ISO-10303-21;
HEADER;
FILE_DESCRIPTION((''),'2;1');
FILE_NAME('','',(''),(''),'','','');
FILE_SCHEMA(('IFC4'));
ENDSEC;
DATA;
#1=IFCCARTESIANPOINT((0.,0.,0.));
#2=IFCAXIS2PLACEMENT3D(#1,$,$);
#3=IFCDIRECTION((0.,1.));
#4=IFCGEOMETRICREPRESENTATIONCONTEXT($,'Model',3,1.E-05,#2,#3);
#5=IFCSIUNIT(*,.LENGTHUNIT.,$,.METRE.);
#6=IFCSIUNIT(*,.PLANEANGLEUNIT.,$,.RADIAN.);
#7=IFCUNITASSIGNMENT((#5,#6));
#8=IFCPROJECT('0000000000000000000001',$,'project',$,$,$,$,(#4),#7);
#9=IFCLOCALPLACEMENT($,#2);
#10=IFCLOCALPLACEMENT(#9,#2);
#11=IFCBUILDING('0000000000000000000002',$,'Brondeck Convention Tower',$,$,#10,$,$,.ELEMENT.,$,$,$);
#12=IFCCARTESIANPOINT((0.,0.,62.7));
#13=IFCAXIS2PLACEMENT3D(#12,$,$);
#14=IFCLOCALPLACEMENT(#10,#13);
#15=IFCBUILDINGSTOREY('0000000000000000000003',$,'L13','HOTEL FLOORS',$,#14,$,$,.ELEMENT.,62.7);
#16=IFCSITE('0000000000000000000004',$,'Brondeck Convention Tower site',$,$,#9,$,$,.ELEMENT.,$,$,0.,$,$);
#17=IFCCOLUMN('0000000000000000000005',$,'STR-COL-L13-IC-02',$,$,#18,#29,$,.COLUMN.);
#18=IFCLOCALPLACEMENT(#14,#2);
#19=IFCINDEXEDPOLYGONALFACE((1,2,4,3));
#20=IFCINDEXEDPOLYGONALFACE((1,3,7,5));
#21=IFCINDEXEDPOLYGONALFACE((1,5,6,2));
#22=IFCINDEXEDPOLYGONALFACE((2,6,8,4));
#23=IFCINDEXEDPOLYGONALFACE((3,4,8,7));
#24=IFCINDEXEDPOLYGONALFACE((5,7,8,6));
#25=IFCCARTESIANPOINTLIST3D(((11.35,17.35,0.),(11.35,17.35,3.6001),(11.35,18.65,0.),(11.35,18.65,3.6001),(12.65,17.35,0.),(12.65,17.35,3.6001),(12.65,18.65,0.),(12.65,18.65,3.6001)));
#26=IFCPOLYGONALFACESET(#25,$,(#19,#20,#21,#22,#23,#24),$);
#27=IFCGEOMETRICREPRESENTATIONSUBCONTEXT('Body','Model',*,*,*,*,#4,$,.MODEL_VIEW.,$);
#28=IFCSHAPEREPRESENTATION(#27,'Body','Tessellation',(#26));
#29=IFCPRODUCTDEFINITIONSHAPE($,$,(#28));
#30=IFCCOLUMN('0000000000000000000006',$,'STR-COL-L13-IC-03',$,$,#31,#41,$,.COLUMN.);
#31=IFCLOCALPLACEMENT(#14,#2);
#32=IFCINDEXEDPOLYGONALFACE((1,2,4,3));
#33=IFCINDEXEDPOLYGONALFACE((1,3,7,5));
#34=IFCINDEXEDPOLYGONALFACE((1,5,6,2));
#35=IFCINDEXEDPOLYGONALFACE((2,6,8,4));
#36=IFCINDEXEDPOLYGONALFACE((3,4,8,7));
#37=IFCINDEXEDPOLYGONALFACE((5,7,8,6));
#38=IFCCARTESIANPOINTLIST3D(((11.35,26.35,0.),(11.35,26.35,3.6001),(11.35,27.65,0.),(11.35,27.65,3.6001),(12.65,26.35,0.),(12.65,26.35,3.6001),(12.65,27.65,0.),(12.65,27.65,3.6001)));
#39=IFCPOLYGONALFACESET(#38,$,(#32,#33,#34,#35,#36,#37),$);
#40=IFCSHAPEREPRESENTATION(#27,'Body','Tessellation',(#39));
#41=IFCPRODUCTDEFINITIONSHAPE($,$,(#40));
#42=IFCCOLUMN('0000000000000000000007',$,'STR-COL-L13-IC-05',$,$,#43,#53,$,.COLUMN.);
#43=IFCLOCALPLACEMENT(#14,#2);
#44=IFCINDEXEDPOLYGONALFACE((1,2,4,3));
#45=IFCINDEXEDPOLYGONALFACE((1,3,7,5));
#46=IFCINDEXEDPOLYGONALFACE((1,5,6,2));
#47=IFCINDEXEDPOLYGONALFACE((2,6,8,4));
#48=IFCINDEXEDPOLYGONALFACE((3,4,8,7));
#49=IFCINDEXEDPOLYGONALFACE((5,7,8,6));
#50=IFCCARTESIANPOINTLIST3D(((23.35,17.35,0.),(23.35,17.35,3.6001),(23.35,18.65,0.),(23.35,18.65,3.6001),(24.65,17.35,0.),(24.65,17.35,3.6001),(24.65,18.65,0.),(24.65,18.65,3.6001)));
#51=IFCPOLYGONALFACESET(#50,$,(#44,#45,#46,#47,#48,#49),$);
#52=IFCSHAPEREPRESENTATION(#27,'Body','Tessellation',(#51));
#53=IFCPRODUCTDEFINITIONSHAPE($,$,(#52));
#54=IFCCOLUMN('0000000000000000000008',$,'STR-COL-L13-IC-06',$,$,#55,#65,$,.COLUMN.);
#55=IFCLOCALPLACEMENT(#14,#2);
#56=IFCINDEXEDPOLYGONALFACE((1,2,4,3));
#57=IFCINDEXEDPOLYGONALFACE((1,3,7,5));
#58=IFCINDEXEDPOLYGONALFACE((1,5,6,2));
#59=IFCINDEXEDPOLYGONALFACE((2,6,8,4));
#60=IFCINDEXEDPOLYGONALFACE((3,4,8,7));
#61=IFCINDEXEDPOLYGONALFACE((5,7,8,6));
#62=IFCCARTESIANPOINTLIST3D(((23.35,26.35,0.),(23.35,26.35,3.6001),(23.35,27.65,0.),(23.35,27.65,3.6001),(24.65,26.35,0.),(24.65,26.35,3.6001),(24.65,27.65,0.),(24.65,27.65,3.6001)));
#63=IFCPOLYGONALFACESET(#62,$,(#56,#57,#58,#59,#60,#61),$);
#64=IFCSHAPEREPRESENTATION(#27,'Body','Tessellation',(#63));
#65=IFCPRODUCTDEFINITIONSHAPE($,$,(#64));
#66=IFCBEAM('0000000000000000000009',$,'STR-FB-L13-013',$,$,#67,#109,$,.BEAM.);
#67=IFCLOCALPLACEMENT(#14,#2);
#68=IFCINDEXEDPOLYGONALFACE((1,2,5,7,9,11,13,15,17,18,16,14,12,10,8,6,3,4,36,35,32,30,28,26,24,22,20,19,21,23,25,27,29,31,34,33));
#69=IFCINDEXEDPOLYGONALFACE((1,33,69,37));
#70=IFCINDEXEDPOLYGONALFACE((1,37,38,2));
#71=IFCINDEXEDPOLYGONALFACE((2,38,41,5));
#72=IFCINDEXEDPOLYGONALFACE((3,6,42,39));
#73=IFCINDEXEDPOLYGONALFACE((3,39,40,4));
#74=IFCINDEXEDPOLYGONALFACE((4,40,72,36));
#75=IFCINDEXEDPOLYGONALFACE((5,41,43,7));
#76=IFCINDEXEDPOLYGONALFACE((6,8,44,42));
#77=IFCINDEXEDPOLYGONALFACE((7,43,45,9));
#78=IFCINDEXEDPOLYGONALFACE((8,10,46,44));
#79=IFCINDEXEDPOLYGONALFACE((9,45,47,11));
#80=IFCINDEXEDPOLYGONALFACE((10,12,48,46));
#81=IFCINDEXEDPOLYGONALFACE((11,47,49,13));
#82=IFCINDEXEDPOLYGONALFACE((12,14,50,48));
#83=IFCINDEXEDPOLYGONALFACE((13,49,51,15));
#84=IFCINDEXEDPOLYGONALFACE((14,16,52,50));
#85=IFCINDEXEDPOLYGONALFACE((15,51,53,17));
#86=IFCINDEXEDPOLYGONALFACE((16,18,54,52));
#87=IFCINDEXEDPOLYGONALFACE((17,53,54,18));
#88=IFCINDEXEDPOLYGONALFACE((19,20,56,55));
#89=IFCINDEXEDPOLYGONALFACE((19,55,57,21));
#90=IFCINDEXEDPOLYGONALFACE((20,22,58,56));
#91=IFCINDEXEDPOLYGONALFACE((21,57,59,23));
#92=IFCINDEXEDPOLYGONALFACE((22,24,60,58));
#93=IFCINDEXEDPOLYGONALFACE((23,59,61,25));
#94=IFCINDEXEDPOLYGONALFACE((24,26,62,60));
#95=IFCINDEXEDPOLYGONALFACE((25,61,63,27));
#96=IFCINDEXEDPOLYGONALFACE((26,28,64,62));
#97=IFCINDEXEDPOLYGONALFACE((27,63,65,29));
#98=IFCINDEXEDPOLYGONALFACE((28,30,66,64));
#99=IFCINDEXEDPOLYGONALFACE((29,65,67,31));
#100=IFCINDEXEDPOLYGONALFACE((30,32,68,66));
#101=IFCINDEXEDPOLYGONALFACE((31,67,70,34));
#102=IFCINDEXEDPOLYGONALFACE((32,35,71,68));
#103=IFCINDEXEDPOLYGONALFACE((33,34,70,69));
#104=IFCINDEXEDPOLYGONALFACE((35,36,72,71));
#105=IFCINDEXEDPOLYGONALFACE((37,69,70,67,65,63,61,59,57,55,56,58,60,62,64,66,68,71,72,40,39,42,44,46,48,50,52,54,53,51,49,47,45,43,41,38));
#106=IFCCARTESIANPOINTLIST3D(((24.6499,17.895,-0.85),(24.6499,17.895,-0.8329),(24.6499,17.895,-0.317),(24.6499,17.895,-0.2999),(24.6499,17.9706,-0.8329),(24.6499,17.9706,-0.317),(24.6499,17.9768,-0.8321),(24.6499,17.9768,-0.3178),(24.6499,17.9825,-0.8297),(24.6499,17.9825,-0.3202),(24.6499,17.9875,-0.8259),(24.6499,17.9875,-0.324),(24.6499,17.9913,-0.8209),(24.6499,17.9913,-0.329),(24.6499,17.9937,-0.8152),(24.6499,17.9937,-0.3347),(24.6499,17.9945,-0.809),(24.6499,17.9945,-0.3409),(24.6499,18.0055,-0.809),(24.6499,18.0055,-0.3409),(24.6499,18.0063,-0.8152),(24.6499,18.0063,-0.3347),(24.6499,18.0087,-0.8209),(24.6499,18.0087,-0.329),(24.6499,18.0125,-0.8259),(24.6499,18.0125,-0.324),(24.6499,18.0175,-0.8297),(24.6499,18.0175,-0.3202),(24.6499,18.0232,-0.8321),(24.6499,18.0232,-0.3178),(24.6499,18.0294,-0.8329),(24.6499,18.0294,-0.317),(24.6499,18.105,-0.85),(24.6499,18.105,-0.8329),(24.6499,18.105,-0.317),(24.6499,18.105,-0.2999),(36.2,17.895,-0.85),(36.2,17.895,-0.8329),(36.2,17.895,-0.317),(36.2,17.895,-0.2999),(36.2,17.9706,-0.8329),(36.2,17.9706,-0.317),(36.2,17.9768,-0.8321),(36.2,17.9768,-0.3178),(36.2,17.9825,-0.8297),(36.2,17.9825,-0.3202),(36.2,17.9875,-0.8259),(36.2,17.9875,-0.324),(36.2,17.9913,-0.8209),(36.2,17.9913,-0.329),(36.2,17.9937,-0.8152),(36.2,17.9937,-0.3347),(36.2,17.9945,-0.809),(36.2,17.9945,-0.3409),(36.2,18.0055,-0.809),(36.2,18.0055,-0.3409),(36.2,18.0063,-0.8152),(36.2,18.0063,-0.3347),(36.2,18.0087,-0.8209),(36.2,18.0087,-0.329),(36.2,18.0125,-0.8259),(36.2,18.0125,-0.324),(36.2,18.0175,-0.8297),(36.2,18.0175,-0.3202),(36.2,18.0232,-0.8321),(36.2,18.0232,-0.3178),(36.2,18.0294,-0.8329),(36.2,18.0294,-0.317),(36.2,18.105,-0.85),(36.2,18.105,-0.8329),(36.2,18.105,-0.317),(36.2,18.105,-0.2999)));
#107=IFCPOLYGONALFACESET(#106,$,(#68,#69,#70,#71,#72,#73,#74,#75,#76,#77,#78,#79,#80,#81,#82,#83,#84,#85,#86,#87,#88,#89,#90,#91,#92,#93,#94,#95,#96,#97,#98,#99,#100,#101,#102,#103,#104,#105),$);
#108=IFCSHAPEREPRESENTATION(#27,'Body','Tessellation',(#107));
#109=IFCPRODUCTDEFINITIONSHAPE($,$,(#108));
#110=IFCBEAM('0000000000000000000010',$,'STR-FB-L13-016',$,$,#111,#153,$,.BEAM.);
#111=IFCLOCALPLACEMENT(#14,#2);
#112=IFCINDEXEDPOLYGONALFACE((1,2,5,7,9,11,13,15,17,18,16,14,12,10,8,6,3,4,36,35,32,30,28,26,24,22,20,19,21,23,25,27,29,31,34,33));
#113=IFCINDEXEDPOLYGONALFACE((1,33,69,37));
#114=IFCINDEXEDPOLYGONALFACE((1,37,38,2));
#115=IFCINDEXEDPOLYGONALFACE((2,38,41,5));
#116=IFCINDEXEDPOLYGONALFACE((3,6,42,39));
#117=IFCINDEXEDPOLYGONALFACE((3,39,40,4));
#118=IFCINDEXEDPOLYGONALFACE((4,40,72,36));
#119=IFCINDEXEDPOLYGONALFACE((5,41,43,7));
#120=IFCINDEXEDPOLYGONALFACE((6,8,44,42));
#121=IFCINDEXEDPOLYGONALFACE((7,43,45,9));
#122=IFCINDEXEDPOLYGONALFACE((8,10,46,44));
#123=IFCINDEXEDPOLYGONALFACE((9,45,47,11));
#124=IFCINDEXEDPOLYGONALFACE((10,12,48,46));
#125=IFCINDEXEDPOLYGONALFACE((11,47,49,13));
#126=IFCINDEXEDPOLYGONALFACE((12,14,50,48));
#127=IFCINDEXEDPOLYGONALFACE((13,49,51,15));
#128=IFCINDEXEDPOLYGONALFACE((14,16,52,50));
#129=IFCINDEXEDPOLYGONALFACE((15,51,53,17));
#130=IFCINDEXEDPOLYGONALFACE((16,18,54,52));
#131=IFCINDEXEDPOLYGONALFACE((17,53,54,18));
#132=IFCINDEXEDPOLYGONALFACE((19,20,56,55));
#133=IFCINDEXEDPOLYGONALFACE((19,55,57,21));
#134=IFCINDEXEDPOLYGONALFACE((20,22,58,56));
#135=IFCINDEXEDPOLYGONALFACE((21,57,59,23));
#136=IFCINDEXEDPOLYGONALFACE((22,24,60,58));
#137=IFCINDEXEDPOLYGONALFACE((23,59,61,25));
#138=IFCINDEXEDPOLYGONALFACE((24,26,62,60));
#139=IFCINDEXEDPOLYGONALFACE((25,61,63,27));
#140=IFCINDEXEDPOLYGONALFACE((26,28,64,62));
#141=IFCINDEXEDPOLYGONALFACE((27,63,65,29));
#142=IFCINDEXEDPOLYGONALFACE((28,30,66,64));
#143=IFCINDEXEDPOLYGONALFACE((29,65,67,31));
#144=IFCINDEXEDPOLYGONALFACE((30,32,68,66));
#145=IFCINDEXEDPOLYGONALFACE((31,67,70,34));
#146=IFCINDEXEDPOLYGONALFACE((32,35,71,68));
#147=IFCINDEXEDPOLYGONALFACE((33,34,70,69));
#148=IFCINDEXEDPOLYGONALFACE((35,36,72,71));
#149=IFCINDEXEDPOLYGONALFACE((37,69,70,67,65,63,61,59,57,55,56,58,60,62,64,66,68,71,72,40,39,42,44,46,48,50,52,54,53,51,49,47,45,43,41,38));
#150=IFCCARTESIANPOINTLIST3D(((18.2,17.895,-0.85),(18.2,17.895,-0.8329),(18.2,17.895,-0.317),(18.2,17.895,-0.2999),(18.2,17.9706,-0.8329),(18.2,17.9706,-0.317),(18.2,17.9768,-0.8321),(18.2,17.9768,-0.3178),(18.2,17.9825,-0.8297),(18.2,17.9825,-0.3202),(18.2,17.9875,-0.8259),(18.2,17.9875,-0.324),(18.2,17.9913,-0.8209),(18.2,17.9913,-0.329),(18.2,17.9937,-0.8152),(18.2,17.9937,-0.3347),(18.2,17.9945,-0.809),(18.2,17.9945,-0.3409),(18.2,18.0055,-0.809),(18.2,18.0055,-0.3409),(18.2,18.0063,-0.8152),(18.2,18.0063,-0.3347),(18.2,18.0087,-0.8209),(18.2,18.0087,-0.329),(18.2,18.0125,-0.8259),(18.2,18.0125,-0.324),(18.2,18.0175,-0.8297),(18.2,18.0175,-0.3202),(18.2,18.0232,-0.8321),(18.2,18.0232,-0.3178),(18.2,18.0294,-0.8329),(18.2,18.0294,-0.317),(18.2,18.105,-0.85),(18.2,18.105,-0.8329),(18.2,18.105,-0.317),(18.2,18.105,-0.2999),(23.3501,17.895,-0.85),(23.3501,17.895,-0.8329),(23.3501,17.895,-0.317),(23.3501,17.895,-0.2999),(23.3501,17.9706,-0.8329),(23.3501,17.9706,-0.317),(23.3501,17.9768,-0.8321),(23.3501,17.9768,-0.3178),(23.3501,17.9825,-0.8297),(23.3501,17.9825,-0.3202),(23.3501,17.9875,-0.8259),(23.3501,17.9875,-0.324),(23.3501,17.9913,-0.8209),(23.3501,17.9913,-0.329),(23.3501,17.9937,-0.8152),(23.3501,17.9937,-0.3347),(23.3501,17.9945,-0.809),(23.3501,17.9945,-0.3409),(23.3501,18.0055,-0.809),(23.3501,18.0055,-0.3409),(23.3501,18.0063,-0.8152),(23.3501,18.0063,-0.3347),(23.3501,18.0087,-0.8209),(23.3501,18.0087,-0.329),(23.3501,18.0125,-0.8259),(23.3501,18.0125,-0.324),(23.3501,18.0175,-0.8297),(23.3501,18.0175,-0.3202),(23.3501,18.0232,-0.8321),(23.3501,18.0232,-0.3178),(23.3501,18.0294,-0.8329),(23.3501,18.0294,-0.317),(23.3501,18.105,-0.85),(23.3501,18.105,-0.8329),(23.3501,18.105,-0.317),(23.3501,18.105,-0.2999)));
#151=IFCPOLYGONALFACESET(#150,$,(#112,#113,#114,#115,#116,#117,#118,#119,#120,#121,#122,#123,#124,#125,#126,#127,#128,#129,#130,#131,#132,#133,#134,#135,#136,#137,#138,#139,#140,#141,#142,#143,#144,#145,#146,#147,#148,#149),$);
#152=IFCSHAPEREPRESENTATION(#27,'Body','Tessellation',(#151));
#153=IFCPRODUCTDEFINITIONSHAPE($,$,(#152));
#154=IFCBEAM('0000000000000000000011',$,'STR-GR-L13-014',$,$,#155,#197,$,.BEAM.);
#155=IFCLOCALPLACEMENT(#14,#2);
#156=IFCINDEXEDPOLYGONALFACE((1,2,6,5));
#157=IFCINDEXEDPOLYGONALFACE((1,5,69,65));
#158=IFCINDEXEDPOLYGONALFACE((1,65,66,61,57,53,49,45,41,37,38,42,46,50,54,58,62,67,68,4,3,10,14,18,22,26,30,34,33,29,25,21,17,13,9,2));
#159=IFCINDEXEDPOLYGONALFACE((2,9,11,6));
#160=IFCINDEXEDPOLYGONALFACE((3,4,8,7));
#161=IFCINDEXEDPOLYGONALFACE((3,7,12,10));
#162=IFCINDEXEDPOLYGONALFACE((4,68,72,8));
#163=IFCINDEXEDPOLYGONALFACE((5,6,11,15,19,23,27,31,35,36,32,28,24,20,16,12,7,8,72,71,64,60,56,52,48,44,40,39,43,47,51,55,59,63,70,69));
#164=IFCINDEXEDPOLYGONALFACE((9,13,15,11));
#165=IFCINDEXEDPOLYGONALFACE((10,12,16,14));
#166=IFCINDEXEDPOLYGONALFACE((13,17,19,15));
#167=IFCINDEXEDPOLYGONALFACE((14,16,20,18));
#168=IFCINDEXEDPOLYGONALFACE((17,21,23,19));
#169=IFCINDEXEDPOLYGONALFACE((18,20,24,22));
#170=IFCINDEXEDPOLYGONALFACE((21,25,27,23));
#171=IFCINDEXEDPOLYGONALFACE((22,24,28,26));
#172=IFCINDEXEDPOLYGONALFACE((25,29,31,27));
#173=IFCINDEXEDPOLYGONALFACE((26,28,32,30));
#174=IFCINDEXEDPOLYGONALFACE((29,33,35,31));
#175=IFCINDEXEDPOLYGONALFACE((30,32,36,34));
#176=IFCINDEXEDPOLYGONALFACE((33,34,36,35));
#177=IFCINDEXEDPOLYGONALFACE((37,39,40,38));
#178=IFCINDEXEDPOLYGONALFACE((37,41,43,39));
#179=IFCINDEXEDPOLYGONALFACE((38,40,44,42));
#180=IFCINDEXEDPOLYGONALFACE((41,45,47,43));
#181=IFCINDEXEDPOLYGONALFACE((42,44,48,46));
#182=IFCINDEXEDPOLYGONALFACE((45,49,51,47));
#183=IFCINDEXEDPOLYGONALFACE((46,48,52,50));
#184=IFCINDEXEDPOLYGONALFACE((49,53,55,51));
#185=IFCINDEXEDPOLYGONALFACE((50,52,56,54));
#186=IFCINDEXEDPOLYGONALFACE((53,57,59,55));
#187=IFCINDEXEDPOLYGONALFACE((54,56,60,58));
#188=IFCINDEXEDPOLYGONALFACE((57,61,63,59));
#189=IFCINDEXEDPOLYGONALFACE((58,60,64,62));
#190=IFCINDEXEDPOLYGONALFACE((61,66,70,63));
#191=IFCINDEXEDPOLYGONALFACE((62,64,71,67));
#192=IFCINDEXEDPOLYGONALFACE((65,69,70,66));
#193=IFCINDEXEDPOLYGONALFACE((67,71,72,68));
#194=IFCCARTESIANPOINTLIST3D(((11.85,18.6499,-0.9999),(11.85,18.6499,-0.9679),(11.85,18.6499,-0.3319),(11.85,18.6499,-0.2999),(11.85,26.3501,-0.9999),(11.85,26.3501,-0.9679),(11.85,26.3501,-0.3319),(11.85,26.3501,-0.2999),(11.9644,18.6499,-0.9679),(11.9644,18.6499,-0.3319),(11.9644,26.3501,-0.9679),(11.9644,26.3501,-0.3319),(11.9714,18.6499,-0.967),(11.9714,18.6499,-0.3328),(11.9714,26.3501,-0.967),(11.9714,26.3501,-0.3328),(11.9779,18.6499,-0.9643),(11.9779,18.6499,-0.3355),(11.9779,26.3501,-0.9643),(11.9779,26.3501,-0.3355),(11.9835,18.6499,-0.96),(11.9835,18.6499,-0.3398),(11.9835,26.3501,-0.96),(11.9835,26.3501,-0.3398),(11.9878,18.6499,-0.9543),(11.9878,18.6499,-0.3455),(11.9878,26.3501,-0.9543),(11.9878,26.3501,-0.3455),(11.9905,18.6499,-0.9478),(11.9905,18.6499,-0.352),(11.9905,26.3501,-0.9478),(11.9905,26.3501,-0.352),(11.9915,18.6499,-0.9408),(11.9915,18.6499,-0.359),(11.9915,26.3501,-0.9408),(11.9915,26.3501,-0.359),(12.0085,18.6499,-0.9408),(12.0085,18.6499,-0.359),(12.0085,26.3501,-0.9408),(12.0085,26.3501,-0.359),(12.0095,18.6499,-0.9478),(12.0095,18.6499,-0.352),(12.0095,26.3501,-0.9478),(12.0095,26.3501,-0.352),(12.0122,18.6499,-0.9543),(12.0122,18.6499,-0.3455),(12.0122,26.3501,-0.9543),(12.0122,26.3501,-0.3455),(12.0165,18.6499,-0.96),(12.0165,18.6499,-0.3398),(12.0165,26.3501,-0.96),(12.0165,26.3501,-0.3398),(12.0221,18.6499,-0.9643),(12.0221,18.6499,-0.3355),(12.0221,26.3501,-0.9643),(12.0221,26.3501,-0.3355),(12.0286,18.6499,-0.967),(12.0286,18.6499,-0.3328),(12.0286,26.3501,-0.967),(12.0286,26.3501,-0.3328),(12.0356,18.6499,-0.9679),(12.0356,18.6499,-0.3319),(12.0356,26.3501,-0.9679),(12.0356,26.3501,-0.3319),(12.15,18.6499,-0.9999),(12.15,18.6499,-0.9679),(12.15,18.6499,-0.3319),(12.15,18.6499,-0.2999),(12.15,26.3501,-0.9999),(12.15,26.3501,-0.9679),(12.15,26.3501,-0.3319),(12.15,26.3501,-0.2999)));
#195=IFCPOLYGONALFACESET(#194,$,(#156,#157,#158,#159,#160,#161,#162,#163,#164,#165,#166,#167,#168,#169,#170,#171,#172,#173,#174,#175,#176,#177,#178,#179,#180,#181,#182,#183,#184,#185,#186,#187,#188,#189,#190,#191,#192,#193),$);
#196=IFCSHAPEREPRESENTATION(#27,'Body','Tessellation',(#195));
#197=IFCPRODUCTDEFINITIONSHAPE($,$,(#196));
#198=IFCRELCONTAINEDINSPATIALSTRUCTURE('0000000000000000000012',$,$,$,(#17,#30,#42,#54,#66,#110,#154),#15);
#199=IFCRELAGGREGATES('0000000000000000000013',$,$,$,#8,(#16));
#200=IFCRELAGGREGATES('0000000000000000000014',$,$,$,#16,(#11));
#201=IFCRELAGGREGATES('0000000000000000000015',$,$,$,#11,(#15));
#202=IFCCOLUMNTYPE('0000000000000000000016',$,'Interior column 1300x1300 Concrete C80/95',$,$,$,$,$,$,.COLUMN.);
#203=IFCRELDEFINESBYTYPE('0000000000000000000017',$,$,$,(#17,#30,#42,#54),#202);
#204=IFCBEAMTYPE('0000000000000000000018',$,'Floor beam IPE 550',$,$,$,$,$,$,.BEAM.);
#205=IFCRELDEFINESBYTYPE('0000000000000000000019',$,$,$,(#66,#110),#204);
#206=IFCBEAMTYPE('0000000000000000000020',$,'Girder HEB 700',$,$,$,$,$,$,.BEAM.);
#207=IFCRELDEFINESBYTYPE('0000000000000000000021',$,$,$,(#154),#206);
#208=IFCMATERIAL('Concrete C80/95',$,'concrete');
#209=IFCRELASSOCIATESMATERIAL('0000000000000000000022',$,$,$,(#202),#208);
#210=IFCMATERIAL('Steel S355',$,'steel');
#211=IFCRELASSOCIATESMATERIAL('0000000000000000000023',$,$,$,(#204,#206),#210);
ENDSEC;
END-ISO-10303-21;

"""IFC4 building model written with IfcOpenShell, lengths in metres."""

from ifc_helpers import new_model, si_unit, direction, frame, origin, origin_2d, place, context, subcontext, project, spatial, rectangle, i_section, extrude, material, material_profile, profile_set, type_object, element, save


model = new_model("IFC4")

# Units and contexts
model_context = context("Model", 3, precision=1e-05, world=origin(), true_north=direction((0.0, 1.0)))
body_context = subcontext(model_context, "Body", "Model", "MODEL_VIEW")
ifc_project = project(units=[si_unit("LENGTHUNIT", "METRE"), si_unit("PLANEANGLEUNIT", "RADIAN")], contexts=[model_context])

# Site, building, storey
site_placement = place(None, origin())
site = spatial("IfcSite", under=ifc_project, at=site_placement, Name="Brondeck Convention Tower site", CompositionType="ELEMENT", RefElevation=0.0)
building_placement = place(site_placement, origin())
building = spatial("IfcBuilding", under=site, at=building_placement, Name="Brondeck Convention Tower", CompositionType="ELEMENT")
storey_placement = place(building_placement, frame((0.0, 0.0, 62.7)))
storey = spatial("IfcBuildingStorey", under=building, at=storey_placement, Name="L13", Description="HOTEL FLOORS", CompositionType="ELEMENT", Elevation=62.7)

# Columns
ifc_material_1 = material(Name="Concrete C80/95", Category="concrete")
ifc_material_profile_1 = material_profile(ifc_material_1, rectangle(XDim=1.3, YDim=1.3, at=origin_2d()), Name="Interior column 1300x1300 Concrete C80/95")
ifc_profile_set_1 = profile_set([ifc_material_profile_1], Name="Concrete C80/95")
column_type = type_object("IfcColumnType", Name="Interior column 1300x1300 Concrete C80/95", PredefinedType="COLUMN", material=ifc_profile_set_1)
for number, where, z_axis, x_axis, name in (
    (1, (12.0, 18.0, 0.0), (0.0, 0.0, 1.0), (1.0, 0.0, 0.0), "STR-COL-L13-IC-02"),
    (2, (12.0, 27.0, 0.0), (0.0, 0.0, 1.0), (1.0, 0.0, 0.0), "STR-COL-L13-IC-03"),
    (3, (24.0, 18.0, 0.0), (0.0, 0.0, 1.0), (1.0, 0.0, 0.0), "STR-COL-L13-IC-05"),
    (4, (24.0, 27.0, 0.0), (0.0, 0.0, 1.0), (1.0, 0.0, 0.0), "STR-COL-L13-IC-06"),
):
    element("IfcColumn", number, at=place(storey_placement, frame(where, z_axis=z_axis, x_axis=x_axis)), inside=storey, type_object=column_type, Name=name, PredefinedType="COLUMN", context=body_context, shape_type="SweptSolid", body=[
        extrude(rectangle(XDim=1.3, YDim=1.3, at=origin_2d()), origin(), (0.0, 0.0, 1.0), 3.6001),
    ])

# Beams
ifc_material_2 = material(Name="Steel S355", Category="steel")
ifc_material_profile_2 = material_profile(ifc_material_2, i_section(OverallWidth=0.21, OverallDepth=0.55, WebThickness=0.011, FlangeThickness=0.0171, FilletRadius=0.0239, at=origin_2d()), Name="IPE 550")
ifc_profile_set_2 = profile_set([ifc_material_profile_2], Name="Steel S355")
beam_type_1 = type_object("IfcBeamType", Name="Floor beam IPE 550", PredefinedType="BEAM", material=ifc_profile_set_2)
beam_1_placement = place(storey_placement, frame((24.6499, 18.0, -0.575), z_axis=(1.0, 0.0, 0.0), x_axis=(0.0, 1.0, 0.0)))
element("IfcBeam", 5, at=beam_1_placement, inside=storey, type_object=beam_type_1, Name="STR-FB-L13-013", PredefinedType="BEAM", context=body_context, shape_type="SweptSolid", body=[
    extrude(i_section(OverallWidth=0.21, OverallDepth=0.55, WebThickness=0.011, FlangeThickness=0.0171, FilletRadius=0.0239, at=origin_2d()), origin(), (0.0, 0.0, 1.0), 11.55),
])
beam_2_placement = place(storey_placement, frame((18.2, 18.0, -0.575), z_axis=(1.0, 0.0, 0.0), x_axis=(0.0, 1.0, 0.0)))
element("IfcBeam", 6, at=beam_2_placement, inside=storey, type_object=beam_type_1, Name="STR-FB-L13-016", PredefinedType="BEAM", context=body_context, shape_type="SweptSolid", body=[
    extrude(i_section(OverallWidth=0.21, OverallDepth=0.55, WebThickness=0.011, FlangeThickness=0.0171, FilletRadius=0.0239, at=origin_2d()), origin(), (0.0, 0.0, 1.0), 5.1501),
])
ifc_material_profile_3 = material_profile(ifc_material_2, i_section(OverallWidth=0.3, OverallDepth=0.7, WebThickness=0.0171, FlangeThickness=0.032, FilletRadius=0.0271, at=origin_2d()), Name="HEB 700")
ifc_profile_set_3 = profile_set([ifc_material_profile_3], Name="Steel S355")
beam_type_2 = type_object("IfcBeamType", Name="Girder HEB 700", PredefinedType="BEAM", material=ifc_profile_set_3)
for number, where, z_axis, x_axis, name in (
    (7, (12.0, 26.3501, -0.6499), (0.0, -1.0, 0.0), (1.0, 0.0, 0.0), "STR-GR-L13-014"),
):
    element("IfcBeam", number, at=place(storey_placement, frame(where, z_axis=z_axis, x_axis=x_axis)), inside=storey, type_object=beam_type_2, Name=name, PredefinedType="BEAM", context=body_context, shape_type="SweptSolid", body=[
        extrude(i_section(OverallWidth=0.3, OverallDepth=0.7, WebThickness=0.0171, FlangeThickness=0.032, FilletRadius=0.0271, at=origin_2d()), origin(), (0.0, 0.0, 1.0), 7.7002),
    ])

save(model, "model.ifc")
